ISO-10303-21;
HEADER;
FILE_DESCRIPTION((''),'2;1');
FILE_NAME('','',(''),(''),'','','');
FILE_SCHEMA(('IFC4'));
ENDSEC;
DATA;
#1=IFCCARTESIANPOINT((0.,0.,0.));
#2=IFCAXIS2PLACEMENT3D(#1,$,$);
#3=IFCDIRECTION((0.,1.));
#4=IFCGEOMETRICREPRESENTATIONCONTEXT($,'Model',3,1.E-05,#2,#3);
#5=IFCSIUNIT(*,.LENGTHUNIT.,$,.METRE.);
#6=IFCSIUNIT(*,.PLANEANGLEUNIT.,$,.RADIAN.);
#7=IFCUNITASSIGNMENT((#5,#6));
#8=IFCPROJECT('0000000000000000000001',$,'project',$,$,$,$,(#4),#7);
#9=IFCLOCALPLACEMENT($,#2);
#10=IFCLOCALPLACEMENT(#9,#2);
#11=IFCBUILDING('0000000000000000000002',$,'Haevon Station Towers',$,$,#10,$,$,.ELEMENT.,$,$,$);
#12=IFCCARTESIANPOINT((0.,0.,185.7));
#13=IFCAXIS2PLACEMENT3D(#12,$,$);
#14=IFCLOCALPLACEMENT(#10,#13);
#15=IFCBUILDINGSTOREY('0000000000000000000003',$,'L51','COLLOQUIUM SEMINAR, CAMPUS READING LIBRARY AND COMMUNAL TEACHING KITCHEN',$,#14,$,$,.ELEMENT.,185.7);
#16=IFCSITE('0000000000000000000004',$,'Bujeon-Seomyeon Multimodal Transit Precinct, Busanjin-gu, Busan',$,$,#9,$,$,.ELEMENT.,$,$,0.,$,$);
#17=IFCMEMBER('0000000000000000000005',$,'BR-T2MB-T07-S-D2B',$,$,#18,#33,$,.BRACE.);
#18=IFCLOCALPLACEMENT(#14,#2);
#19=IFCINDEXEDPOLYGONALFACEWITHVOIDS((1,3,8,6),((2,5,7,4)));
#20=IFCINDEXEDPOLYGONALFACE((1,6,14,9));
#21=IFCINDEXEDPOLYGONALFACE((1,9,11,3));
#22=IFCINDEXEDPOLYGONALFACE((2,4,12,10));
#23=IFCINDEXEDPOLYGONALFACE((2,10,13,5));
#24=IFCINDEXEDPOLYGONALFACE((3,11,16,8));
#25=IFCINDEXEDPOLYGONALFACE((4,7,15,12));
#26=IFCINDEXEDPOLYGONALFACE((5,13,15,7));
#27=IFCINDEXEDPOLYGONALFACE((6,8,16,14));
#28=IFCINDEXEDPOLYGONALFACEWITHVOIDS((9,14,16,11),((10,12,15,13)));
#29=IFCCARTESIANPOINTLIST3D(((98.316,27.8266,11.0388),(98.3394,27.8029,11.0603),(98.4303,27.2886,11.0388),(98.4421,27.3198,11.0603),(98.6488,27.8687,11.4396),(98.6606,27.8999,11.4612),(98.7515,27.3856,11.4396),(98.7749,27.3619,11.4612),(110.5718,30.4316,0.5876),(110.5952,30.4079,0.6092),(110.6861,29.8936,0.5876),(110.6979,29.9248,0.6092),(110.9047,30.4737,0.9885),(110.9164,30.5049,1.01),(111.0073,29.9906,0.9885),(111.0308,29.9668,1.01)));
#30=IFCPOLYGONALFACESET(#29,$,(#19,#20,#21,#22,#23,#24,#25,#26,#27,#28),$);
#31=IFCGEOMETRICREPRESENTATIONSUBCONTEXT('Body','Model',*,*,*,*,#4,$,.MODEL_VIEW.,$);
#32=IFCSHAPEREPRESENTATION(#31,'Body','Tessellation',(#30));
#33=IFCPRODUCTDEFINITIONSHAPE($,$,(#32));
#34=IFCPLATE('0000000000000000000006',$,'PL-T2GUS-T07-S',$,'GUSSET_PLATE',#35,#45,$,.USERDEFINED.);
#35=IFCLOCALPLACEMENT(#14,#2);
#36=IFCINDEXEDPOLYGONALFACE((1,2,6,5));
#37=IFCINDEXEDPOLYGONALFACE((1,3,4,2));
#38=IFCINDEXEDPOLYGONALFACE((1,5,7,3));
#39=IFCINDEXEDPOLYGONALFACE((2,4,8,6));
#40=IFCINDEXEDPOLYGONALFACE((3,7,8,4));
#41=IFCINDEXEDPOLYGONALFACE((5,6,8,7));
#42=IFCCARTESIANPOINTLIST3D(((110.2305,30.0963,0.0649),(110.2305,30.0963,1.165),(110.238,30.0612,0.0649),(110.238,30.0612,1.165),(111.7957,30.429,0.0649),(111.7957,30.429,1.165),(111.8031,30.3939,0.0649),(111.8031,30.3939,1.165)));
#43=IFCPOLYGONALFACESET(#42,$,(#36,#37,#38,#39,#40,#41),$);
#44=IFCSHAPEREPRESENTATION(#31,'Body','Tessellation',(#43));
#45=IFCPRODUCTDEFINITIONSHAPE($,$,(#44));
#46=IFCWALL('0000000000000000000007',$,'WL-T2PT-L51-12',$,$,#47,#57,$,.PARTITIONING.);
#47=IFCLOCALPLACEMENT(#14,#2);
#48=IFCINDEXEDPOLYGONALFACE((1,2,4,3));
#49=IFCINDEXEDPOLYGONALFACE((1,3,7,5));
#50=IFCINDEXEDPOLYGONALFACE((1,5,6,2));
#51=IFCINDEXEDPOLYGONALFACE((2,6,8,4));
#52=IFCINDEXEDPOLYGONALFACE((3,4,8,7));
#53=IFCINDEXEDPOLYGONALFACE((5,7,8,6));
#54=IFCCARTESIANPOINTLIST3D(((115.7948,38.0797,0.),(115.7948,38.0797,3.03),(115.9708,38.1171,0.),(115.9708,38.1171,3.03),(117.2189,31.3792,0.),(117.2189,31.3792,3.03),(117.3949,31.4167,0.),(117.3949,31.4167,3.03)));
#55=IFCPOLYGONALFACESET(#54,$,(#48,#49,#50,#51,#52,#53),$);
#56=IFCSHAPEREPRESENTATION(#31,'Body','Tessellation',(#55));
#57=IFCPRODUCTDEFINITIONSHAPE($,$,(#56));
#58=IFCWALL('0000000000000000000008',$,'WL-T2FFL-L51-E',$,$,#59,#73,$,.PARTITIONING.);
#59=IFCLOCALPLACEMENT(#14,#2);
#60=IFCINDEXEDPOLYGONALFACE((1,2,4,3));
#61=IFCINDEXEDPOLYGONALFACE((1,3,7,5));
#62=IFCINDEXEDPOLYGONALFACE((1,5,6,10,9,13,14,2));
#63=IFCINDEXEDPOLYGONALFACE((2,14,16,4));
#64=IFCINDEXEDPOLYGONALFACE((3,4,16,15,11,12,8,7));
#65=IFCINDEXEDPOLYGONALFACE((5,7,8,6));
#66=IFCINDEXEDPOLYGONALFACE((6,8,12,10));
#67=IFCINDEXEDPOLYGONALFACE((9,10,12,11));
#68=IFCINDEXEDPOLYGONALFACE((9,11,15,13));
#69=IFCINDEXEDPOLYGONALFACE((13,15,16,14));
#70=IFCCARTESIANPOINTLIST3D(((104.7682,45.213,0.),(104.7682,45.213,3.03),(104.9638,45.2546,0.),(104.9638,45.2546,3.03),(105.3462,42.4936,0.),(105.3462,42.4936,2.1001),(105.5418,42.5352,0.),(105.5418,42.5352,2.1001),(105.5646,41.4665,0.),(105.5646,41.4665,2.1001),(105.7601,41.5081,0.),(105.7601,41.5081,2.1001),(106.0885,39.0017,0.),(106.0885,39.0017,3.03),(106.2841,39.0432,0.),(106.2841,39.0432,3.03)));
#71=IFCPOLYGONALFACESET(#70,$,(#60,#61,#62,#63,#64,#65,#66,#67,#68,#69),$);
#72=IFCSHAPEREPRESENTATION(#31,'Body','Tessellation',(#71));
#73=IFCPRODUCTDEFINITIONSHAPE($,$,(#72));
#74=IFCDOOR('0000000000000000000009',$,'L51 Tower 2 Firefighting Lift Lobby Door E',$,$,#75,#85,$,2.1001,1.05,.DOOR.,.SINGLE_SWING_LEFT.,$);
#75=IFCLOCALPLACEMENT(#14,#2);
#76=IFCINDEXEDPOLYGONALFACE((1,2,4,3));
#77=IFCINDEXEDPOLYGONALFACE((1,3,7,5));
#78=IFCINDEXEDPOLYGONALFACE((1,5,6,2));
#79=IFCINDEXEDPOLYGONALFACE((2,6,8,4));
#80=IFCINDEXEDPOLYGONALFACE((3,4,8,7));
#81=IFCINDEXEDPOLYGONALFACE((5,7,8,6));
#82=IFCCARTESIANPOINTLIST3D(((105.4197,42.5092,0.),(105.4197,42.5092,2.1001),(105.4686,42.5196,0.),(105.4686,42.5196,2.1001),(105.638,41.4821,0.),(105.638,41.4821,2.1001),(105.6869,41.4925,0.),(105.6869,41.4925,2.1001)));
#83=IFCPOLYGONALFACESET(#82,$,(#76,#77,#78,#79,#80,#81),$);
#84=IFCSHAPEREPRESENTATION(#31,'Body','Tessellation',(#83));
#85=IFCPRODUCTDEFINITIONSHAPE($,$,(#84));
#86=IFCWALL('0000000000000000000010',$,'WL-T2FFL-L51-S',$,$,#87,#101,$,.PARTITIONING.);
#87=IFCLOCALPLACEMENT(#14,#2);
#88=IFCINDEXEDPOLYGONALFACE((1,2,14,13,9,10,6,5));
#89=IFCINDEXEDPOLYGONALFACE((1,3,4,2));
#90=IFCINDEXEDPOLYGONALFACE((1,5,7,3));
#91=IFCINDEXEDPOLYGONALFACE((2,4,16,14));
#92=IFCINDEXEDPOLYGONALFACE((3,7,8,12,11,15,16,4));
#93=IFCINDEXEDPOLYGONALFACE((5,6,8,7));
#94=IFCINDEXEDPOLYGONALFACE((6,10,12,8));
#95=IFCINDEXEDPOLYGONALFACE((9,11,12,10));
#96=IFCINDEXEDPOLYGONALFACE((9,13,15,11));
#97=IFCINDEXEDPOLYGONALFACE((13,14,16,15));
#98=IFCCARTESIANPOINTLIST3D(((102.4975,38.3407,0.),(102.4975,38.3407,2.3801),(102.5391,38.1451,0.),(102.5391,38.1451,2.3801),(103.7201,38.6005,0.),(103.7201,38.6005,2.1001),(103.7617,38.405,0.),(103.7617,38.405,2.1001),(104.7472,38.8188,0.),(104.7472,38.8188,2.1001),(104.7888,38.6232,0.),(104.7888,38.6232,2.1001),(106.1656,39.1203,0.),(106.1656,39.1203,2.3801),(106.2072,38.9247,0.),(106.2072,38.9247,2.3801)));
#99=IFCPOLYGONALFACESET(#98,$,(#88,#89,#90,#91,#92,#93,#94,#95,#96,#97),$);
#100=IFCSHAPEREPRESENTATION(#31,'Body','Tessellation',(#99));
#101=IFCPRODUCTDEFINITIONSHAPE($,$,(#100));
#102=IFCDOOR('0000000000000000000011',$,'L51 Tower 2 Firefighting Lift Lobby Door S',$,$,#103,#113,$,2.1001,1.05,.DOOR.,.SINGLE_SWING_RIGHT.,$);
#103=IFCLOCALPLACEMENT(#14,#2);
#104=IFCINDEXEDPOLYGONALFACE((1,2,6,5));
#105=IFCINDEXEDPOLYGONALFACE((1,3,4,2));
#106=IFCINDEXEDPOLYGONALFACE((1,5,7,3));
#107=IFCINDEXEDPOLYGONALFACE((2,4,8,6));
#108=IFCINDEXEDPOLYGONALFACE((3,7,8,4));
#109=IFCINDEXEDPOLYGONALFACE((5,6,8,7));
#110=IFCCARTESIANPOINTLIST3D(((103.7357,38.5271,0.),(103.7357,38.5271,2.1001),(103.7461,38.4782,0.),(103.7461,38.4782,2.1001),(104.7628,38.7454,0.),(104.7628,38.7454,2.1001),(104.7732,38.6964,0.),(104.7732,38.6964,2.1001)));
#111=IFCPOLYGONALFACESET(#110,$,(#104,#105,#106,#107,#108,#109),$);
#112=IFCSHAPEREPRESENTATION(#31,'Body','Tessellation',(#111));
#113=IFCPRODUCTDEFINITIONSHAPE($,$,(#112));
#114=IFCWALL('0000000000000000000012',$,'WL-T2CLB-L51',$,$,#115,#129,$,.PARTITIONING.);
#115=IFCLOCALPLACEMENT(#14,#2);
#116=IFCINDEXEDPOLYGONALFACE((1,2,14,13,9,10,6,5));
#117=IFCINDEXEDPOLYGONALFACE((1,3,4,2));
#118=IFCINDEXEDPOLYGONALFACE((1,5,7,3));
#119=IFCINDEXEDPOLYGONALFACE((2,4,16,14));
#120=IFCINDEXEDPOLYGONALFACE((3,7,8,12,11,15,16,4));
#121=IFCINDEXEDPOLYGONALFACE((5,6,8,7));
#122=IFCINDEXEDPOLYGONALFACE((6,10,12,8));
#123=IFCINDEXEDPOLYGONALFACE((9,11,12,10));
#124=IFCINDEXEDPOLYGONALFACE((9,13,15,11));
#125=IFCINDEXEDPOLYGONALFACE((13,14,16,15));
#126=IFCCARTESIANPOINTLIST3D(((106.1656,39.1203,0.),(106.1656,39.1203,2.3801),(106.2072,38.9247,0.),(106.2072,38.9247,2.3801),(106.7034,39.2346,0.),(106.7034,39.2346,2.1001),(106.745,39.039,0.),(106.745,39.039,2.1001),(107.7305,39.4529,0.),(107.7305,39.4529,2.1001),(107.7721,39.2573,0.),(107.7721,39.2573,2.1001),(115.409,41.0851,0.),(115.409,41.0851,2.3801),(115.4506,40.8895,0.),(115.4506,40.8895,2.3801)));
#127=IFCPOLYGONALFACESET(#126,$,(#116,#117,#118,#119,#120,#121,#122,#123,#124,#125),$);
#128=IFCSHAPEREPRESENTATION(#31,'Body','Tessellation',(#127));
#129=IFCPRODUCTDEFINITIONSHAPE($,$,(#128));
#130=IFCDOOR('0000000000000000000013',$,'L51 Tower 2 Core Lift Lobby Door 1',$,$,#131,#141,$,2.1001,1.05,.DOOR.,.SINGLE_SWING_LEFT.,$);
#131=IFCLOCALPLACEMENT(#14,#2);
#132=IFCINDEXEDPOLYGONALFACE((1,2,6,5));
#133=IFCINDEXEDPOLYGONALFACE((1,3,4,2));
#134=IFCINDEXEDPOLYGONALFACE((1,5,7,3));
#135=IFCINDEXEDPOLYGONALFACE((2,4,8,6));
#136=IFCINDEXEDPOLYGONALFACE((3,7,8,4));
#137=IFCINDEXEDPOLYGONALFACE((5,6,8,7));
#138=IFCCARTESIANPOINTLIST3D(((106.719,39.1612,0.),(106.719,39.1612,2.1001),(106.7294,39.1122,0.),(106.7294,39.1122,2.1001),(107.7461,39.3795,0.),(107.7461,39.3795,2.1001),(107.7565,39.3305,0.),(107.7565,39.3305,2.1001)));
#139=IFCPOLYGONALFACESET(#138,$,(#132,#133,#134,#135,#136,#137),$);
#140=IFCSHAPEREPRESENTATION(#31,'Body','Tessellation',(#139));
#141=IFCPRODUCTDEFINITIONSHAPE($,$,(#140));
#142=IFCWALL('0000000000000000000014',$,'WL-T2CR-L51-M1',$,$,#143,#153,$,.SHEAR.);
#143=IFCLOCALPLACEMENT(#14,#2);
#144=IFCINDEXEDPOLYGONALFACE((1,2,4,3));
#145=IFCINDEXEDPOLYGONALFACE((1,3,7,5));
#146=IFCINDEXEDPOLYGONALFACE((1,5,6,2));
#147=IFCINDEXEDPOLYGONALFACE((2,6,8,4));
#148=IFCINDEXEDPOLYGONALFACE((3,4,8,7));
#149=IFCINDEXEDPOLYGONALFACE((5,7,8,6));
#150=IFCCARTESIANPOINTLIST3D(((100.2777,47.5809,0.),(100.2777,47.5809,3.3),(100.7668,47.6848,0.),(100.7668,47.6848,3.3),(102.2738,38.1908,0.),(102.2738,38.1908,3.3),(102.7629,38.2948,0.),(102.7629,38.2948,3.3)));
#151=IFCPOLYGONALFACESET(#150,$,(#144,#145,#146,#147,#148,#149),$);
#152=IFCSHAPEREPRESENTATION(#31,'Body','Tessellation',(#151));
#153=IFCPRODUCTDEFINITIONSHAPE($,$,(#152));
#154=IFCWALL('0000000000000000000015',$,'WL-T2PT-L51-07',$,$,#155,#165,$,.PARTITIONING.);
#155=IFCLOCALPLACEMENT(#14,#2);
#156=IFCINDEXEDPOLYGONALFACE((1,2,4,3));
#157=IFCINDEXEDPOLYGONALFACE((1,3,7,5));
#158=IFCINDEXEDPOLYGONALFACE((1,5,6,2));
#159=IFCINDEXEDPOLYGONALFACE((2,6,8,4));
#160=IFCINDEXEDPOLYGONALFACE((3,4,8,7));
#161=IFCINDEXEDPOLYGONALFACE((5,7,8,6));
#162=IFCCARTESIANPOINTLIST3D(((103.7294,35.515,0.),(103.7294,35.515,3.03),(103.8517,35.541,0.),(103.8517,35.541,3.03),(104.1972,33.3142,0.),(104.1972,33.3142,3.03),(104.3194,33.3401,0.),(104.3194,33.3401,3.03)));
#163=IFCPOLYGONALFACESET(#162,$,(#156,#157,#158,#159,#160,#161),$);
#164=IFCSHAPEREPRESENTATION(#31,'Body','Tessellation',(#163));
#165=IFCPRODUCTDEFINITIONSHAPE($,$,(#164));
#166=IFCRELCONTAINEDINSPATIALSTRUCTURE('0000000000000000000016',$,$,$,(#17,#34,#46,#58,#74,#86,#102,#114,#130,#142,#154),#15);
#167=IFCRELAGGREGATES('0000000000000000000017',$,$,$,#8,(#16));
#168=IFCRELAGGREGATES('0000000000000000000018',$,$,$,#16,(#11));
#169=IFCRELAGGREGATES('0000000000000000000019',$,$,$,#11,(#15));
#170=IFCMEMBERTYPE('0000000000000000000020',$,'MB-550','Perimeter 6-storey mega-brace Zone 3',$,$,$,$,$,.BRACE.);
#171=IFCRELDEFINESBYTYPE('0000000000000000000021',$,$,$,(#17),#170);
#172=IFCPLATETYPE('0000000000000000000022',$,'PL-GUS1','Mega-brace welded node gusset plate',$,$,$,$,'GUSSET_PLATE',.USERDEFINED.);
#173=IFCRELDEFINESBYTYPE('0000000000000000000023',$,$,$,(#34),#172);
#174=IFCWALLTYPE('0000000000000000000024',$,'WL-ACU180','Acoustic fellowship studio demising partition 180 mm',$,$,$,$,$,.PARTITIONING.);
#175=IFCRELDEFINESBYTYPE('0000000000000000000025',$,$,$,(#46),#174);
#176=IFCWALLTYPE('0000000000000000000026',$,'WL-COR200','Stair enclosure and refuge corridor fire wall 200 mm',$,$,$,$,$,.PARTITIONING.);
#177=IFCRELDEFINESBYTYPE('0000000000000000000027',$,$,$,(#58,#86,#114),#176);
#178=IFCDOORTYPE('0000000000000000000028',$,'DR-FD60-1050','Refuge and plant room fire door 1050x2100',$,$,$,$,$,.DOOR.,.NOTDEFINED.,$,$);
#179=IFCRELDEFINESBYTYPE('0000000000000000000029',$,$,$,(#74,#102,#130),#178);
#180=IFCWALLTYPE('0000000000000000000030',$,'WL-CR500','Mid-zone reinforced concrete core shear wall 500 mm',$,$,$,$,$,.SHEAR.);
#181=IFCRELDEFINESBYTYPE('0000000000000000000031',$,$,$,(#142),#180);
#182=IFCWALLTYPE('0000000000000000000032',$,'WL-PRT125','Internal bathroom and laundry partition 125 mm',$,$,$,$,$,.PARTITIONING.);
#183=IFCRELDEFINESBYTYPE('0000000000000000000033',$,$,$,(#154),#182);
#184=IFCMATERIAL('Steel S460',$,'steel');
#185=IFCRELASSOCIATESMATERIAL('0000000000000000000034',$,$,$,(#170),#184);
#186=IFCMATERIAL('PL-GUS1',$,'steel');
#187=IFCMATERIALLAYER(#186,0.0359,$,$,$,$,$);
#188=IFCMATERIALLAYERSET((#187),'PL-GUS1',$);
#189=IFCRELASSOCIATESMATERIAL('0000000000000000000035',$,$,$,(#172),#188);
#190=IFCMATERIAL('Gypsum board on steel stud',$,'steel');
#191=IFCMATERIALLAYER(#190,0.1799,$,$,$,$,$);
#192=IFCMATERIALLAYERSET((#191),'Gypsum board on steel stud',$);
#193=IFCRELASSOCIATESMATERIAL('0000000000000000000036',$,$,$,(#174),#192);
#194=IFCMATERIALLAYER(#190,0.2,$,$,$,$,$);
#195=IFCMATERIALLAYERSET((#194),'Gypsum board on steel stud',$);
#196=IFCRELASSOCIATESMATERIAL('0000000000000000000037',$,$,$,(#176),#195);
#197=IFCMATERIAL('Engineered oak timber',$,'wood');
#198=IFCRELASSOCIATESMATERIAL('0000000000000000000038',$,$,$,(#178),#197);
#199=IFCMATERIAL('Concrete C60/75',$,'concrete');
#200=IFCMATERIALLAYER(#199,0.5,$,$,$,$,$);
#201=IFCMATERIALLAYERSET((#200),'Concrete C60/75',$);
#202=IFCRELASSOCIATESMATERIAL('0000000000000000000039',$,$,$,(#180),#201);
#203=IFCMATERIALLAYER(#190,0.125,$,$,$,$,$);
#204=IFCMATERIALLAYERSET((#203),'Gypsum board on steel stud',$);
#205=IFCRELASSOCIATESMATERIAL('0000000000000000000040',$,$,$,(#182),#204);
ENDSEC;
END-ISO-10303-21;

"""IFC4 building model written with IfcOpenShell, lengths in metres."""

from ifc_helpers import new_model, si_unit, direction, frame, frame_2d, origin, origin_2d, place, context, subcontext, project, spatial, rectangle, hollow_rectangle, extrude, material, layer, layer_set, material_profile, profile_set, type_object, element, fill, save


model = new_model("IFC4")

# Units and contexts
model_context = context("Model", 3, precision=1e-05, world=origin(), true_north=direction((0.0, 1.0)))
body_context = subcontext(model_context, "Body", "Model", "MODEL_VIEW")
ifc_project = project(units=[si_unit("LENGTHUNIT", "METRE"), si_unit("PLANEANGLEUNIT", "RADIAN")], contexts=[model_context])

# Site, building, storey
site_placement = place(None, origin())
site = spatial("IfcSite", under=ifc_project, at=site_placement, Name="Bujeon-Seomyeon Multimodal Transit Precinct, Busanjin-gu, Busan", CompositionType="ELEMENT", RefElevation=0.0)
building_placement = place(site_placement, origin())
building = spatial("IfcBuilding", under=site, at=building_placement, Name="Haevon Station Towers", CompositionType="ELEMENT")
storey_placement = place(building_placement, frame((0.0, 0.0, 185.7)))
storey = spatial("IfcBuildingStorey", under=building, at=storey_placement, Name="L51", Description="COLLOQUIUM SEMINAR, CAMPUS READING LIBRARY AND COMMUNAL TEACHING KITCHEN", CompositionType="ELEMENT", Elevation=185.7)

# Member
ifc_material_1 = material(Name="Steel S460", Category="steel")
ifc_material_profile_1 = material_profile(ifc_material_1, hollow_rectangle(XDim=0.55, YDim=0.55, WallThickness=0.0281, at=origin_2d()), Name="RHS-550x550x28")
ifc_profile_set_1 = profile_set([ifc_material_profile_1], Name="Steel S460")
member_type = type_object("IfcMemberType", Name="MB-550", Description="Perimeter 6-storey mega-brace Zone 3", PredefinedType="BRACE", material=ifc_profile_set_1)
member_placement = place(storey_placement, frame((110.8013, 30.1992, 0.7988), z_axis=(-0.751146, -0.159656, 0.640539), x_axis=(0.207905, -0.978149, 0.0)))
element("IfcMember", 1, at=member_placement, inside=storey, type_object=member_type, Name="BR-T2MB-T07-S-D2B", PredefinedType="BRACE", context=body_context, shape_type="SweptSolid", body=[
    extrude(hollow_rectangle(XDim=0.55, YDim=0.55, WallThickness=0.0281, at=origin_2d()), origin(), (0.0, 0.0, 1.0), 16.3162),
])

# Plate
ifc_material_2 = material(Name="PL-GUS1", Category="steel")
ifc_layer_1 = layer(ifc_material_2, 0.0359)
ifc_layer_set_1 = layer_set([ifc_layer_1], Name="PL-GUS1")
plate_type = type_object("IfcPlateType", Name="PL-GUS1", Description="Mega-brace welded node gusset plate", ElementType="GUSSET_PLATE", PredefinedType="USERDEFINED", material=ifc_layer_set_1)
plate_placement = place(storey_placement, frame((111.0168, 30.2451, 0.0649), z_axis=(0.0, 0.0, 1.0), x_axis=(0.978148, 0.207912, 0.0)))
element("IfcPlate", 2, at=plate_placement, inside=storey, type_object=plate_type, Name="PL-T2GUS-T07-S", ObjectType="GUSSET_PLATE", PredefinedType="USERDEFINED", context=body_context, shape_type="SweptSolid", body=[
    extrude(rectangle(XDim=1.6001, YDim=0.0359, at=origin_2d()), origin(), (0.0, 0.0, 1.0), 1.1001),
])

# Wall
ifc_material_3 = material(Name="Gypsum board on steel stud", Category="steel")
ifc_layer_2 = layer(ifc_material_3, 0.1799)
ifc_layer_set_2 = layer_set([ifc_layer_2], Name="Gypsum board on steel stud")
wall_type_1 = type_object("IfcWallType", Name="WL-ACU180", Description="Acoustic fellowship studio demising partition 180 mm", PredefinedType="PARTITIONING", material=ifc_layer_set_2)
wall_1_placement = place(storey_placement, frame((117.3069, 31.3979, 0.0), z_axis=(0.0, 0.0, 1.0), x_axis=(-0.207891, 0.978152, 0.0)))
element("IfcWall", 3, at=wall_1_placement, inside=storey, type_object=wall_type_1, Name="WL-T2PT-L51-12", PredefinedType="PARTITIONING", context=body_context, shape_type="SweptSolid", body=[
    extrude(rectangle(XDim=6.8501, YDim=0.1799, at=frame_2d((3.425, 0.0))), origin(), (0.0, 0.0, 1.0), 3.03),
])

# Walls, openings, doors
ifc_layer_3 = layer(ifc_material_3, 0.2)
ifc_layer_set_3 = layer_set([ifc_layer_3], Name="Gypsum board on steel stud")
wall_type_2 = type_object("IfcWallType", Name="WL-COR200", Description="Stair enclosure and refuge corridor fire wall 200 mm", PredefinedType="PARTITIONING", material=ifc_layer_set_3)
wall_2_placement = place(storey_placement, frame((106.1863, 39.0225, 0.0), z_axis=(0.0, 0.0, 1.0), x_axis=(-0.207917, 0.978147, 0.0)))
wall_2 = element("IfcWall", 4, at=wall_2_placement, inside=storey, type_object=wall_type_2, Name="WL-T2FFL-L51-E", PredefinedType="PARTITIONING", context=body_context, shape_type="SweptSolid", body=[
    extrude(rectangle(XDim=6.3501, YDim=0.2, at=frame_2d((3.175, 0.0))), origin(), (0.0, 0.0, 1.0), 3.03),
])
opening_1_placement = place(wall_2_placement, frame((2.52, 0.0, 0.0)))
opening_1 = element("IfcOpeningElement", 5, at=opening_1_placement, cuts=wall_2, PredefinedType="OPENING", context=body_context, shape_type="SweptSolid", body=[
    extrude(rectangle(XDim=1.05, YDim=2.1001, at=frame_2d((0.5249, 1.05))), frame((0.0, 0.1099, 0.0), z_axis=(0.0, -1.0, 0.0), x_axis=(1.0, 0.0, 0.0)), (0.0, 0.0, 1.0), 0.22),
])
ifc_material_4 = material(Name="Engineered oak timber", Category="wood")
door_type = type_object("IfcDoorType", Name="DR-FD60-1050", Description="Refuge and plant room fire door 1050x2100", OperationType="NOTDEFINED", PredefinedType="DOOR", material=ifc_material_4)
door_1_placement = place(opening_1_placement, origin())
door_1 = element("IfcDoor", 6, at=door_1_placement, inside=storey, type_object=door_type, Name="L51 Tower 2 Firefighting Lift Lobby Door E", OperationType="SINGLE_SWING_LEFT", OverallHeight=2.1001, OverallWidth=1.05, PredefinedType="DOOR", context=body_context, shape_type="SweptSolid", body=[
    extrude(rectangle(XDim=1.05, YDim=2.1001, at=frame_2d((0.5249, 1.05))), frame((0.0, 0.0249, 0.0), z_axis=(0.0, -1.0, 0.0), x_axis=(1.0, 0.0, 0.0)), (0.0, 0.0, 1.0), 0.05),
])
fill(opening_1, door_1)
wall_3_placement = place(storey_placement, frame((102.5183, 38.2429, 0.0), z_axis=(0.0, 0.0, 1.0), x_axis=(0.978154, 0.207884, 0.0)))
wall_3 = element("IfcWall", 7, at=wall_3_placement, inside=storey, type_object=wall_type_2, Name="WL-T2FFL-L51-S", PredefinedType="PARTITIONING", context=body_context, shape_type="SweptSolid", body=[
    extrude(rectangle(XDim=3.75, YDim=0.2, at=frame_2d((1.875, 0.0))), origin(), (0.0, 0.0, 1.0), 2.3801),
])
opening_2_placement = place(wall_3_placement, frame((1.25, 0.0, 0.0)))
opening_2 = element("IfcOpeningElement", 8, at=opening_2_placement, cuts=wall_3, PredefinedType="OPENING", context=body_context, shape_type="SweptSolid", body=[
    extrude(rectangle(XDim=1.05, YDim=2.1001, at=frame_2d((0.5249, 1.05))), frame((0.0, 0.1099, 0.0), z_axis=(0.0, -1.0, 0.0), x_axis=(1.0, 0.0, 0.0)), (0.0, 0.0, 1.0), 0.22),
])
door_2_placement = place(opening_2_placement, origin())
door_2 = element("IfcDoor", 9, at=door_2_placement, inside=storey, type_object=door_type, Name="L51 Tower 2 Firefighting Lift Lobby Door S", OperationType="SINGLE_SWING_RIGHT", OverallHeight=2.1001, OverallWidth=1.05, PredefinedType="DOOR", context=body_context, shape_type="SweptSolid", body=[
    extrude(rectangle(XDim=1.05, YDim=2.1001, at=frame_2d((0.5249, 1.05))), frame((0.0, 0.0249, 0.0), z_axis=(0.0, -1.0, 0.0), x_axis=(1.0, 0.0, 0.0)), (0.0, 0.0, 1.0), 0.05),
])
fill(opening_2, door_2)
wall_4_placement = place(storey_placement, frame((106.1863, 39.0225, 0.0), z_axis=(0.0, 0.0, 1.0), x_axis=(0.978146, 0.207921, 0.0)))
wall_4 = element("IfcWall", 10, at=wall_4_placement, inside=storey, type_object=wall_type_2, Name="WL-T2CLB-L51", PredefinedType="PARTITIONING", context=body_context, shape_type="SweptSolid", body=[
    extrude(rectangle(XDim=9.45, YDim=0.2, at=frame_2d((4.7251, 0.0))), origin(), (0.0, 0.0, 1.0), 2.3801),
])
opening_3_placement = place(wall_4_placement, frame((0.55, 0.0, 0.0)))
opening_3 = element("IfcOpeningElement", 11, at=opening_3_placement, cuts=wall_4, PredefinedType="OPENING", context=body_context, shape_type="SweptSolid", body=[
    extrude(rectangle(XDim=1.05, YDim=2.1001, at=frame_2d((0.5249, 1.05))), frame((0.0, 0.1099, 0.0), z_axis=(0.0, -1.0, 0.0), x_axis=(1.0, 0.0, 0.0)), (0.0, 0.0, 1.0), 0.22),
])
door_3_placement = place(opening_3_placement, origin())
door_3 = element("IfcDoor", 12, at=door_3_placement, inside=storey, type_object=door_type, Name="L51 Tower 2 Core Lift Lobby Door 1", OperationType="SINGLE_SWING_LEFT", OverallHeight=2.1001, OverallWidth=1.05, PredefinedType="DOOR", context=body_context, shape_type="SweptSolid", body=[
    extrude(rectangle(XDim=1.05, YDim=2.1001, at=frame_2d((0.5249, 1.05))), frame((0.0, 0.0249, 0.0), z_axis=(0.0, -1.0, 0.0), x_axis=(1.0, 0.0, 0.0)), (0.0, 0.0, 1.0), 0.05),
])
fill(opening_3, door_3)

# Walls
ifc_material_5 = material(Name="Concrete C60/75", Category="concrete")
ifc_layer_4 = layer(ifc_material_5, 0.5)
ifc_layer_set_4 = layer_set([ifc_layer_4], Name="Concrete C60/75")
wall_type_3 = type_object("IfcWallType", Name="WL-CR500", Description="Mid-zone reinforced concrete core shear wall 500 mm", PredefinedType="SHEAR", material=ifc_layer_set_4)
wall_5_placement = place(storey_placement, frame((102.5183, 38.2429, 0.0), z_axis=(0.0, 0.0, 1.0), x_axis=(-0.207927, 0.978144, 0.0)))
element("IfcWall", 13, at=wall_5_placement, inside=storey, type_object=wall_type_3, Name="WL-T2CR-L51-M1", PredefinedType="SHEAR", context=body_context, shape_type="SweptSolid", body=[
    extrude(rectangle(XDim=9.5999, YDim=0.5, at=frame_2d((4.7998, 0.0))), origin(), (0.0, 0.0, 1.0), 3.3),
])
ifc_layer_5 = layer(ifc_material_3, 0.125)
ifc_layer_set_5 = layer_set([ifc_layer_5], Name="Gypsum board on steel stud")
wall_type_4 = type_object("IfcWallType", Name="WL-PRT125", Description="Internal bathroom and laundry partition 125 mm", PredefinedType="PARTITIONING", material=ifc_layer_set_5)
wall_6_placement = place(storey_placement, frame((104.2583, 33.3271, 0.0), z_axis=(0.0, 0.0, 1.0), x_axis=(-0.207891, 0.978152, 0.0)))
element("IfcWall", 14, at=wall_6_placement, inside=storey, type_object=wall_type_4, Name="WL-T2PT-L51-07", PredefinedType="PARTITIONING", context=body_context, shape_type="SweptSolid", body=[
    extrude(rectangle(XDim=2.25, YDim=0.125, at=frame_2d((1.125, 0.0))), origin(), (0.0, 0.0, 1.0), 3.03),
])

save(model, "model.ifc")
